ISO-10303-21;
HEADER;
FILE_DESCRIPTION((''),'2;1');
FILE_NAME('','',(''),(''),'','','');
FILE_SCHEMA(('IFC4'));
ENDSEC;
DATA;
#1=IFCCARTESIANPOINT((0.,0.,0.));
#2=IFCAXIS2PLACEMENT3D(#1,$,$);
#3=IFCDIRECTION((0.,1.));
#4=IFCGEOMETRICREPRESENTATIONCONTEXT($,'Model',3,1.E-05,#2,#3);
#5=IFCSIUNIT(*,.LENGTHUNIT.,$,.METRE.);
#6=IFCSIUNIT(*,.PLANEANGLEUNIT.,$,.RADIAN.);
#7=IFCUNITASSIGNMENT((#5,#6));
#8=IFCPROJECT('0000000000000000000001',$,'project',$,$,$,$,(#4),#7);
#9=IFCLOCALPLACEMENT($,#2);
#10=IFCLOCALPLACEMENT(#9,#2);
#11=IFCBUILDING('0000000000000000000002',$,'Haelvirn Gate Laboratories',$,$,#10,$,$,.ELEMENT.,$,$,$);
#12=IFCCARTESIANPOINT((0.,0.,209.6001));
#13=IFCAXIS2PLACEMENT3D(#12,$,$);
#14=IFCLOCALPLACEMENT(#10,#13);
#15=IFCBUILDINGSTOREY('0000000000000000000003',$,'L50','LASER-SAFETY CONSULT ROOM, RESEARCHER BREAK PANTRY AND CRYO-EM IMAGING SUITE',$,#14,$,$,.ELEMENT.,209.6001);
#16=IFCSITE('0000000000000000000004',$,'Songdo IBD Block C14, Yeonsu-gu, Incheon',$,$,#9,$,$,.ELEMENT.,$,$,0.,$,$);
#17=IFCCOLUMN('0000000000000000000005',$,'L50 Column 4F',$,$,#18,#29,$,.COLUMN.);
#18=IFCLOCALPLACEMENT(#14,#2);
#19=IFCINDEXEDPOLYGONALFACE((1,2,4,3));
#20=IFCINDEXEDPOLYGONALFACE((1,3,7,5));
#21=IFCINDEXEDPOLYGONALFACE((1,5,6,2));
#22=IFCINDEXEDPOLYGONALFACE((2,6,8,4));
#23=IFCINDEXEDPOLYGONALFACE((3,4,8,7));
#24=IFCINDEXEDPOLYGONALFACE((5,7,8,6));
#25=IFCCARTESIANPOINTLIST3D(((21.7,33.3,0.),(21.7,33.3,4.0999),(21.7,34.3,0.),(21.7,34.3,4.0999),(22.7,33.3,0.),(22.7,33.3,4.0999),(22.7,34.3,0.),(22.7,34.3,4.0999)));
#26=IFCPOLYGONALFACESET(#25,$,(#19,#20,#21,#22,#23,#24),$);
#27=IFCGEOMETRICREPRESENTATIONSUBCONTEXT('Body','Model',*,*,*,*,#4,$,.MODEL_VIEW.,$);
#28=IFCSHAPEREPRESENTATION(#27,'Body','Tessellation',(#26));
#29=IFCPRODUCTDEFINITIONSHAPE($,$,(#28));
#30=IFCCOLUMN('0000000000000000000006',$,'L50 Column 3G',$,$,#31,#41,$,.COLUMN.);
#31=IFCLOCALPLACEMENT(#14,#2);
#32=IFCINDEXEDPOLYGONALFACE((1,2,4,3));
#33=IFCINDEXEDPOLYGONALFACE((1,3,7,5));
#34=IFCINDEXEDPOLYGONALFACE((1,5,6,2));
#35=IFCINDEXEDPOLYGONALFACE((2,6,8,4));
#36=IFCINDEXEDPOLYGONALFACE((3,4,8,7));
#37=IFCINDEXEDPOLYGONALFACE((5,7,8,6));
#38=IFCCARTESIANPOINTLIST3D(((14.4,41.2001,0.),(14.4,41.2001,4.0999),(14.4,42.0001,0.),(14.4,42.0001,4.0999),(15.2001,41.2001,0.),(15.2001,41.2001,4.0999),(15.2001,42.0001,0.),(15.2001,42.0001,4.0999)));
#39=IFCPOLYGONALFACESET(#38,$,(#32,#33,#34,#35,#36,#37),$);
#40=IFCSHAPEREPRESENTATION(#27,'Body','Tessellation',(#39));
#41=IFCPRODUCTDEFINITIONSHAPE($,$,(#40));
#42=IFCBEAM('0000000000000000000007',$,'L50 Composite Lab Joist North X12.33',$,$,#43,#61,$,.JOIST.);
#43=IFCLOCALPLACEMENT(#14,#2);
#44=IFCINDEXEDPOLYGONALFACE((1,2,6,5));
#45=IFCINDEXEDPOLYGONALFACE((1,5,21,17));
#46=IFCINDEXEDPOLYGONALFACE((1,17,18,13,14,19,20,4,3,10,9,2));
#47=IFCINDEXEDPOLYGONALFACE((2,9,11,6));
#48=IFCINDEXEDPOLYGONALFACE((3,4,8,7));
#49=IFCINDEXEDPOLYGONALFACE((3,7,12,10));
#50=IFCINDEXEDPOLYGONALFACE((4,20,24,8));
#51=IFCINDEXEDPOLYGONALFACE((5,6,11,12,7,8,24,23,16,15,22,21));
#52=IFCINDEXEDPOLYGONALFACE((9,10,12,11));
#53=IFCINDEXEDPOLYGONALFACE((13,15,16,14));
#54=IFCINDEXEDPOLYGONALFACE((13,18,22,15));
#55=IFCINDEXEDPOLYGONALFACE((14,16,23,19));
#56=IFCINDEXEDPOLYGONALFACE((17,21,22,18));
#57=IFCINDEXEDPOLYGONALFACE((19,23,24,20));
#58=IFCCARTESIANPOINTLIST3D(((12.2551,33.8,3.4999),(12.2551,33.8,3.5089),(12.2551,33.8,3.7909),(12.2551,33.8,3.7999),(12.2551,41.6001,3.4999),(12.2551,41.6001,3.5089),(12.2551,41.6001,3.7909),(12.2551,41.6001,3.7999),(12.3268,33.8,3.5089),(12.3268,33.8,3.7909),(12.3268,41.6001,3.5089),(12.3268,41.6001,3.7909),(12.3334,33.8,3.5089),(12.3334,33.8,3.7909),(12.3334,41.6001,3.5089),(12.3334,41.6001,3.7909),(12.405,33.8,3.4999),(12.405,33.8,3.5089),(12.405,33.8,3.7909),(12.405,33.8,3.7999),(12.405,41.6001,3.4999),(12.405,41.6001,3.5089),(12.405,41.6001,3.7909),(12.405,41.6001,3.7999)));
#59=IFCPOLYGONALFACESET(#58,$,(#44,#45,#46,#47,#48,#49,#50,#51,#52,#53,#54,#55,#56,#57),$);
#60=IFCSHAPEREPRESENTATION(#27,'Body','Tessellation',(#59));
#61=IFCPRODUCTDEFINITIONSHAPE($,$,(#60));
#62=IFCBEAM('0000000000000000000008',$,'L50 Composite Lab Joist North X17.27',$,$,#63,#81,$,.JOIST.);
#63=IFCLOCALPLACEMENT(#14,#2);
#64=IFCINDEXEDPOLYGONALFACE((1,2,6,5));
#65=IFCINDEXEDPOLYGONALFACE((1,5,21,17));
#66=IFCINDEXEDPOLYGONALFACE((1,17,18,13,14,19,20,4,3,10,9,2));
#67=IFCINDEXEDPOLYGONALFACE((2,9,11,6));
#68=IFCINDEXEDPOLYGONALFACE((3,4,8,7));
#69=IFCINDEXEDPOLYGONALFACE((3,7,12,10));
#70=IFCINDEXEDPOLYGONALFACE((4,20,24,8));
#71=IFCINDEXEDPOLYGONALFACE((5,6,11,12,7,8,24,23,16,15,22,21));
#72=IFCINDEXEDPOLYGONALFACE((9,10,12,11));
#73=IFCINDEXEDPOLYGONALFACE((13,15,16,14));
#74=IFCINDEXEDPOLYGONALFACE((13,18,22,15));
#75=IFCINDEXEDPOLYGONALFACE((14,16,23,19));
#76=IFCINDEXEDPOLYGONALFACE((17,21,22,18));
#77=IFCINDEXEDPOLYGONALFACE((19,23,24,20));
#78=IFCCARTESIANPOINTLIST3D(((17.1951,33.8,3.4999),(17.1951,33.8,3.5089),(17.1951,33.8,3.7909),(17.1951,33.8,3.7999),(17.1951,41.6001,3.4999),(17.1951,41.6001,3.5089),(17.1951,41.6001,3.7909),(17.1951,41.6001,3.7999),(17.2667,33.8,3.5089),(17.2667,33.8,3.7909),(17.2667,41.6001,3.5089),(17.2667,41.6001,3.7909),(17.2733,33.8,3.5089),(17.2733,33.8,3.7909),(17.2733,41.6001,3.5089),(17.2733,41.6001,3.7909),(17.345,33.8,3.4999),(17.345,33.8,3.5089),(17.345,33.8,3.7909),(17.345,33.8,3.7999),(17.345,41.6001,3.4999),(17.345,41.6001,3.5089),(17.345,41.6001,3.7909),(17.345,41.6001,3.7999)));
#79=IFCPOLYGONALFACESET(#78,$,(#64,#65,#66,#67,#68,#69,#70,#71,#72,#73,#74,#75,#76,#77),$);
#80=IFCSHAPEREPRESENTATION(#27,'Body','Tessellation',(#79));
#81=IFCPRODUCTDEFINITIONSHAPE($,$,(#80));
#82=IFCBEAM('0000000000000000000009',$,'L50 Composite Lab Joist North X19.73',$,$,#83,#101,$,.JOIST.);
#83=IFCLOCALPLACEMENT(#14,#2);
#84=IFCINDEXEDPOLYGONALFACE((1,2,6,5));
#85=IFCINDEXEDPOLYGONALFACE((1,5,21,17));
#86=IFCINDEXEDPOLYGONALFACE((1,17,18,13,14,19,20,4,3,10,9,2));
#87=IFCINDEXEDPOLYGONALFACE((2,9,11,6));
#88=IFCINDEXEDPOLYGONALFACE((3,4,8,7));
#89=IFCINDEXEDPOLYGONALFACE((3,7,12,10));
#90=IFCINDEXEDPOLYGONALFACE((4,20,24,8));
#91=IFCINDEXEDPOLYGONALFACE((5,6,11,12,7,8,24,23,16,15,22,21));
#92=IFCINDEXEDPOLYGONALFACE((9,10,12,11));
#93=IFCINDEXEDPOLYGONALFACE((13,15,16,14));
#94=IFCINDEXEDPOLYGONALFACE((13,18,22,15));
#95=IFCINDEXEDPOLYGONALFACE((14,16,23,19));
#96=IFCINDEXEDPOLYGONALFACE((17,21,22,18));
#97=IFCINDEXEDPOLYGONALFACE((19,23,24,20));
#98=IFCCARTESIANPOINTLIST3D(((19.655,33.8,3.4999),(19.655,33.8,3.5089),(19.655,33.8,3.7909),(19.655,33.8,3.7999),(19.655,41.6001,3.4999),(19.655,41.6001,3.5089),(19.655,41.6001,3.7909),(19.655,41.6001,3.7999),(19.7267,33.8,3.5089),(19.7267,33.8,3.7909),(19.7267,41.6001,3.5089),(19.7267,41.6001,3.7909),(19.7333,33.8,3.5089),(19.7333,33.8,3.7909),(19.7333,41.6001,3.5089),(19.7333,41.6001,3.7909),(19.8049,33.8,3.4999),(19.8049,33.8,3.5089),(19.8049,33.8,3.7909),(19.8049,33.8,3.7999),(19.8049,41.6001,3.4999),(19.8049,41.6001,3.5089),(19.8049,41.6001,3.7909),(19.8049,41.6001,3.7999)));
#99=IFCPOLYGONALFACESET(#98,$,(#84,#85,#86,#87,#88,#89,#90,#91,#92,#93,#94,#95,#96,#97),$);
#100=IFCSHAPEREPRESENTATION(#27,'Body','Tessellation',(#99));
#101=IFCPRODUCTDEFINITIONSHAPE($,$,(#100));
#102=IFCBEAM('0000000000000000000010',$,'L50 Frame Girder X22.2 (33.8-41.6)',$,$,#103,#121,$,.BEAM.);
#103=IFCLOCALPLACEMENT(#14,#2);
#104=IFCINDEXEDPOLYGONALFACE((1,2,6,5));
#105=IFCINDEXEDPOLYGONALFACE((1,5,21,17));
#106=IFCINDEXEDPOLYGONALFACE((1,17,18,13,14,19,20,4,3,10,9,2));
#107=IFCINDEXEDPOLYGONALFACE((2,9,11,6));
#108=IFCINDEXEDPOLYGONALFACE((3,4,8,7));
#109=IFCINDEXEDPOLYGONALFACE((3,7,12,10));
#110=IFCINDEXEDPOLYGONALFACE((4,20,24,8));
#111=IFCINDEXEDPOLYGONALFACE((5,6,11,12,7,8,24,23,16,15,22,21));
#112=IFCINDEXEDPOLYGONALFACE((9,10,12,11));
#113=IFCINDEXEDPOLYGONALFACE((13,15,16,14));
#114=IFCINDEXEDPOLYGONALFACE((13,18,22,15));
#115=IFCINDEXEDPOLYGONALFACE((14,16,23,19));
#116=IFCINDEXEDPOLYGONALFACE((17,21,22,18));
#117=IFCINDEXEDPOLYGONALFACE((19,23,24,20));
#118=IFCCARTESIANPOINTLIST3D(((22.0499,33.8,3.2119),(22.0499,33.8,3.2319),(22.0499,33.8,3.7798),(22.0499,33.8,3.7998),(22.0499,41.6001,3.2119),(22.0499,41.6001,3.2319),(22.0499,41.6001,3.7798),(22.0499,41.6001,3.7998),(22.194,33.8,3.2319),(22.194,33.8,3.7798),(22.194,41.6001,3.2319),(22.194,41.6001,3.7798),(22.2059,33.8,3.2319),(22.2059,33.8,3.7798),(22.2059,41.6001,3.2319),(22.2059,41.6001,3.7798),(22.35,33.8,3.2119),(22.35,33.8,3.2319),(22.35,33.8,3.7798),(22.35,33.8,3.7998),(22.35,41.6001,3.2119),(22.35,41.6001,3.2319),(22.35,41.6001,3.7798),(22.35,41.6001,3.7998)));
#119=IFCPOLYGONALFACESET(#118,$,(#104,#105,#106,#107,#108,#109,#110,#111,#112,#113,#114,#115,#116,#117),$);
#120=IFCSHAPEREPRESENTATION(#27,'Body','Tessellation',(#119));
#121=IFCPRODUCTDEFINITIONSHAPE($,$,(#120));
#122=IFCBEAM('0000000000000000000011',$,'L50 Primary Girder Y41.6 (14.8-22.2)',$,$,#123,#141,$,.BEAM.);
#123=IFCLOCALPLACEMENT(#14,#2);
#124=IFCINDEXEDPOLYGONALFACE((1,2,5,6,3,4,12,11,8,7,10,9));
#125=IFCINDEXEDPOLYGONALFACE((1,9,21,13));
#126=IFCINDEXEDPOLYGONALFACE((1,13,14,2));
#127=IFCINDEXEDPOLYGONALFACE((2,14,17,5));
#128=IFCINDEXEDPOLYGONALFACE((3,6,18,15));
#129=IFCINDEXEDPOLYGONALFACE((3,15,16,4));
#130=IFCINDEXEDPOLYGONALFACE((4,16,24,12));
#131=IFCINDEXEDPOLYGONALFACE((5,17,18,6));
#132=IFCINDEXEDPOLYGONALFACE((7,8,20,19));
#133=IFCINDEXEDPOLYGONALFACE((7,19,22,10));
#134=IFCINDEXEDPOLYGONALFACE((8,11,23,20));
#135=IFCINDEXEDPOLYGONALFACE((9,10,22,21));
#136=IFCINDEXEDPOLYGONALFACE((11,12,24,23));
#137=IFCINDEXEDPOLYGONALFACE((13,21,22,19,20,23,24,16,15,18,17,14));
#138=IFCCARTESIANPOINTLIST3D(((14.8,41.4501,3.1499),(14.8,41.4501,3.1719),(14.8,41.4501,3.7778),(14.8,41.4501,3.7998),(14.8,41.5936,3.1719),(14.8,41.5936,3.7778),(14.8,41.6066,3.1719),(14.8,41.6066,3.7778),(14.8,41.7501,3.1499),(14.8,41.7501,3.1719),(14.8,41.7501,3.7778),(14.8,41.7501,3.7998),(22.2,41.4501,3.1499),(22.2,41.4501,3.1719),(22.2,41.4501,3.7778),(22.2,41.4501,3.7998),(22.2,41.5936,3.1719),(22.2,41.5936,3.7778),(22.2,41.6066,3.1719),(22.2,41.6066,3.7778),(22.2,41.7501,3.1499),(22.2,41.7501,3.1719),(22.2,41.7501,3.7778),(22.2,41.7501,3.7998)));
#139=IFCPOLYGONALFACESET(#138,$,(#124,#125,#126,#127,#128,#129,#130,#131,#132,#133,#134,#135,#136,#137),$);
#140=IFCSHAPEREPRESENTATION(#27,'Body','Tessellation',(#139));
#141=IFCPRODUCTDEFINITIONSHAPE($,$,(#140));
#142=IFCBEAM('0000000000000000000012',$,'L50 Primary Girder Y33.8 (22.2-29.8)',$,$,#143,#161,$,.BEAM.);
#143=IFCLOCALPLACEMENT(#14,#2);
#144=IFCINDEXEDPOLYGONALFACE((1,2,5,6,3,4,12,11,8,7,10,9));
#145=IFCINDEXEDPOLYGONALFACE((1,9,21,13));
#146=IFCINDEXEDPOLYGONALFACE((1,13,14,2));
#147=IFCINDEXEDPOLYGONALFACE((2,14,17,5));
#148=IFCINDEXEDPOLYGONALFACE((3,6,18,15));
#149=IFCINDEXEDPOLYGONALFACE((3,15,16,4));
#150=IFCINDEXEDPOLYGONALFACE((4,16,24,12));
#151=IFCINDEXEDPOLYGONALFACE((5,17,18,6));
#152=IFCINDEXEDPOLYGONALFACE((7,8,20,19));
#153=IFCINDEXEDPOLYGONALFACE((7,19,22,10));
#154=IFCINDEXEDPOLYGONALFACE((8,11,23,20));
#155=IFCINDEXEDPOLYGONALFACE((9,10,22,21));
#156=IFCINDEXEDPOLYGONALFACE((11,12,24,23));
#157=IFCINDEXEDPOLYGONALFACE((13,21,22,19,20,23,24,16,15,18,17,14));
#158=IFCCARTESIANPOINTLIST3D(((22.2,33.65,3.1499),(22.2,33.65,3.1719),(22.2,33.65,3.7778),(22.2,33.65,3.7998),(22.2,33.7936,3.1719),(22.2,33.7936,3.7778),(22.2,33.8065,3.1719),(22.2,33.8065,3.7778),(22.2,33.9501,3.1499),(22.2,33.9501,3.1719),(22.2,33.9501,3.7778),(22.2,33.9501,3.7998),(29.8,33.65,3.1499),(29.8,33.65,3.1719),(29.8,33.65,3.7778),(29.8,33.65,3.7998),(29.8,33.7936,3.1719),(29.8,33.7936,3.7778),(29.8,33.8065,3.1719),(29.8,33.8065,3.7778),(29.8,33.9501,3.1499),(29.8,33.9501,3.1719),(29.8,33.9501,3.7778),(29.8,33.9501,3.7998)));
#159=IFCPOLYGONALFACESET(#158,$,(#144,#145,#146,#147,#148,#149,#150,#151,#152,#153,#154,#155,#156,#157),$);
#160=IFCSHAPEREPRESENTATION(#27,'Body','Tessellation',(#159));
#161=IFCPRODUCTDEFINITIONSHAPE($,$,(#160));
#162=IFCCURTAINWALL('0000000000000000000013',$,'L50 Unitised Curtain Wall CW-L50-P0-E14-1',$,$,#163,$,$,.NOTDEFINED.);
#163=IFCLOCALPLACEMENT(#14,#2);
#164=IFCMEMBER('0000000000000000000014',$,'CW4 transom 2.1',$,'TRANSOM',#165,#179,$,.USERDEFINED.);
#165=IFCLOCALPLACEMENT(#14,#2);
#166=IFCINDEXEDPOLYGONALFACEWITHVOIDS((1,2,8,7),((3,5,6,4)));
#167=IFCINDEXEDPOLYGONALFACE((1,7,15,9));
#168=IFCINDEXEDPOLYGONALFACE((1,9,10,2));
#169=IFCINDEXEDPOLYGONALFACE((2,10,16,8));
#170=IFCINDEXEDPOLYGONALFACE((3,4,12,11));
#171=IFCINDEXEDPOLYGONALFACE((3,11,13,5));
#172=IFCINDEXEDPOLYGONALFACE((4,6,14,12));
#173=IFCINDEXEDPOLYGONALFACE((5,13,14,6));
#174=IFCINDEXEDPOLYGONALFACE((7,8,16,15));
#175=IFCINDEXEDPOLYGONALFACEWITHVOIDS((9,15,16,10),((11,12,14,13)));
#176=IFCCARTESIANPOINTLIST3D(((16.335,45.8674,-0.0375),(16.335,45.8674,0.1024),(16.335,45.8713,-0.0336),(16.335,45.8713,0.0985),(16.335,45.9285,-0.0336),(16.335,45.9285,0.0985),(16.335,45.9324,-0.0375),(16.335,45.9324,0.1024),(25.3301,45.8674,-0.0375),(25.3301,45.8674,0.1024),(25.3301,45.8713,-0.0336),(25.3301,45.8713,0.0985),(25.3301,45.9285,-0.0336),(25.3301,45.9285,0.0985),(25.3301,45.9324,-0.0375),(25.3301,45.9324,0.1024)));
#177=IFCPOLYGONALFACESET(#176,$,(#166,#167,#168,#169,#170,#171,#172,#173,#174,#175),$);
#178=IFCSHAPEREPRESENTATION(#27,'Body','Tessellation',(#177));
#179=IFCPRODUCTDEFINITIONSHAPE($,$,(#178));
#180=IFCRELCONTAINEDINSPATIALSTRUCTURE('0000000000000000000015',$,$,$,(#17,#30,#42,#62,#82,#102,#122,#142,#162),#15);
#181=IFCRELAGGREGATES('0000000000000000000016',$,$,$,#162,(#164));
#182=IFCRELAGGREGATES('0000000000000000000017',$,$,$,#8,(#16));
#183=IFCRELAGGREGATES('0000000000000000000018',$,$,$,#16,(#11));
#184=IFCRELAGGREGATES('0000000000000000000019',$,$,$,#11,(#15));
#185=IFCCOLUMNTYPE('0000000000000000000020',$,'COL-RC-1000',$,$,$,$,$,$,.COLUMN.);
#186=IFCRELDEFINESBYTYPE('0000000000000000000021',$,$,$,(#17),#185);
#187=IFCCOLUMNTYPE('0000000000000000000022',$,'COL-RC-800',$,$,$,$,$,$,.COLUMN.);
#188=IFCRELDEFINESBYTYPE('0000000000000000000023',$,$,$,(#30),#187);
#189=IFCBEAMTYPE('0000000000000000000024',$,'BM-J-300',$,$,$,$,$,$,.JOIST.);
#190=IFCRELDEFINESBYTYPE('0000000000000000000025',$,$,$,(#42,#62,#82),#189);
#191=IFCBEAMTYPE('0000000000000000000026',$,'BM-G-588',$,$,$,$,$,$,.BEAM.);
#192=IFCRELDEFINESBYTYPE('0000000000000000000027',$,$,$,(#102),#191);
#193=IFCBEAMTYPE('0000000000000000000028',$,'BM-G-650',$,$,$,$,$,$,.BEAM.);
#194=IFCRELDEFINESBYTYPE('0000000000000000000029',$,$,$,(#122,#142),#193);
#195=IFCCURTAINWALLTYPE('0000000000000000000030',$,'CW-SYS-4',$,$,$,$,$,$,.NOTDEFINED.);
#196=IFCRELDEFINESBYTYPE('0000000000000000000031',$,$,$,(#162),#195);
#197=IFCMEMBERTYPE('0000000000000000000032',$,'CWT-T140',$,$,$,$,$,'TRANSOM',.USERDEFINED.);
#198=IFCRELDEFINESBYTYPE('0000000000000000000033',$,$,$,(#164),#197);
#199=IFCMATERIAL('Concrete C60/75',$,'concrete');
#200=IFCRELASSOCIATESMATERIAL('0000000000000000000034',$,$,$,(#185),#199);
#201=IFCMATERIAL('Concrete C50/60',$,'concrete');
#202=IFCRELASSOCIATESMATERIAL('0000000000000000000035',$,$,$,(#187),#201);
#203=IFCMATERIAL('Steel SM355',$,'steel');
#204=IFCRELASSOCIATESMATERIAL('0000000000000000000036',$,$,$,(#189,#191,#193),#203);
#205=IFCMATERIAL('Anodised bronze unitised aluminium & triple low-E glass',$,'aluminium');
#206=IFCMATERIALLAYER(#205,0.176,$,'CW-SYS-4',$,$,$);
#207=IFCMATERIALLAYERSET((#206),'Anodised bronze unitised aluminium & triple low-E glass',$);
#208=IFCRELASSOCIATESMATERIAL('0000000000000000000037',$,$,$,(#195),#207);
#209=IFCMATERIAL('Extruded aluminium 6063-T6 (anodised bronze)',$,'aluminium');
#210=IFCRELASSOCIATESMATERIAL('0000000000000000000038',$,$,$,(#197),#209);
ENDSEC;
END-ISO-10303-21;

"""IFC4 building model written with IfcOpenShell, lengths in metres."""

from ifc_helpers import new_model, si_unit, direction, frame, origin, origin_2d, place, context, subcontext, project, spatial, rectangle, hollow_rectangle, i_section, extrude, source, transform, mapped, material, layer, layer_set, material_profile, profile_set, type_object, type_shapes, element, aggregate, save


model = new_model("IFC4")

# Units and contexts
model_context = context("Model", 3, precision=1e-05, world=origin(), true_north=direction((0.0, 1.0)))
body_context = subcontext(model_context, "Body", "Model", "MODEL_VIEW")
ifc_project = project(units=[si_unit("LENGTHUNIT", "METRE"), si_unit("PLANEANGLEUNIT", "RADIAN")], contexts=[model_context])

# Site, building, storey
site_placement = place(None, origin())
site = spatial("IfcSite", under=ifc_project, at=site_placement, Name="Songdo IBD Block C14, Yeonsu-gu, Incheon", CompositionType="ELEMENT", RefElevation=0.0)
building_placement = place(site_placement, origin())
building = spatial("IfcBuilding", under=site, at=building_placement, Name="Haelvirn Gate Laboratories", CompositionType="ELEMENT")
storey_placement = place(building_placement, frame((0.0, 0.0, 209.6001)))
storey = spatial("IfcBuildingStorey", under=building, at=storey_placement, Name="L50", Description="LASER-SAFETY CONSULT ROOM, RESEARCHER BREAK PANTRY AND CRYO-EM IMAGING SUITE", CompositionType="ELEMENT", Elevation=209.6001)

# Columns
ifc_material_1 = material(Name="Concrete C60/75", Category="concrete")
ifc_material_profile_1 = material_profile(ifc_material_1, rectangle(XDim=1.0, YDim=1.0, at=origin_2d()), Name="RC-1000x1000")
ifc_profile_set_1 = profile_set([ifc_material_profile_1], Name="Concrete C60/75")
column_type_1 = type_object("IfcColumnType", Name="COL-RC-1000", PredefinedType="COLUMN", material=ifc_profile_set_1)
shared_shape_1 = source(origin(), body_context, "Body", "SweptSolid", [
    extrude(rectangle(XDim=1.0, YDim=1.0, at=origin_2d()), origin(), (0.0, 0.0, 1.0), 4.0999),
])
type_shapes(column_type_1, [shared_shape_1])
column_1_placement = place(storey_placement, frame((22.2, 33.8, 0.0), z_axis=(0.0, 0.0, 1.0), x_axis=(1.0, 0.0, 0.0)))
element("IfcColumn", 1, at=column_1_placement, inside=storey, type_object=column_type_1, Name="L50 Column 4F", PredefinedType="COLUMN", context=body_context, shape_type="MappedRepresentation", body=[
    mapped(shared_shape_1, transform((0.0, 0.0, 0.0), scale=1.0)),
])
ifc_material_2 = material(Name="Concrete C50/60", Category="concrete")
ifc_material_profile_2 = material_profile(ifc_material_2, rectangle(XDim=0.8, YDim=0.8, at=origin_2d()), Name="RC-800x800")
ifc_profile_set_2 = profile_set([ifc_material_profile_2], Name="Concrete C50/60")
column_type_2 = type_object("IfcColumnType", Name="COL-RC-800", PredefinedType="COLUMN", material=ifc_profile_set_2)
shared_shape_2 = source(origin(), body_context, "Body", "SweptSolid", [
    extrude(rectangle(XDim=0.8, YDim=0.8, at=origin_2d()), origin(), (0.0, 0.0, 1.0), 4.0999),
])
type_shapes(column_type_2, [shared_shape_2])
column_2_placement = place(storey_placement, frame((14.8, 41.6001, 0.0), z_axis=(0.0, 0.0, 1.0), x_axis=(1.0, 0.0, 0.0)))
element("IfcColumn", 2, at=column_2_placement, inside=storey, type_object=column_type_2, Name="L50 Column 3G", PredefinedType="COLUMN", context=body_context, shape_type="MappedRepresentation", body=[
    mapped(shared_shape_2, transform((0.0, 0.0, 0.0), scale=1.0)),
])

# Beams
ifc_material_3 = material(Name="Steel SM355", Category="steel")
ifc_material_profile_3 = material_profile(ifc_material_3, i_section(OverallWidth=0.1499, OverallDepth=0.3, WebThickness=0.0066, FlangeThickness=0.009, at=origin_2d()), Name="H-300x150x6.5x9")
ifc_profile_set_3 = profile_set([ifc_material_profile_3], Name="Steel SM355")
beam_type_1 = type_object("IfcBeamType", Name="BM-J-300", PredefinedType="JOIST", material=ifc_profile_set_3)
shared_shape_3 = source(origin(), body_context, "Body", "SweptSolid", [
    extrude(i_section(OverallWidth=0.1499, OverallDepth=0.3, WebThickness=0.0066, FlangeThickness=0.009, at=origin_2d()), origin(), (0.0, 0.0, 1.0), 7.8),
])
type_shapes(beam_type_1, [shared_shape_3])
for number, where, z_axis, x_axis, name in (
    (3, (12.3301, 33.8, 3.6499), (0.0, 1.0, 0.0), (-1.0, 0.0, 0.0), "L50 Composite Lab Joist North X12.33"),
    (4, (17.27, 33.8, 3.6499), (0.0, 1.0, 0.0), (-1.0, 0.0, 0.0), "L50 Composite Lab Joist North X17.27"),
    (5, (19.73, 33.8, 3.6499), (0.0, 1.0, 0.0), (-1.0, 0.0, 0.0), "L50 Composite Lab Joist North X19.73"),
):
    element("IfcBeam", number, at=place(storey_placement, frame(where, z_axis=z_axis, x_axis=x_axis)), inside=storey, type_object=beam_type_1, Name=name, PredefinedType="JOIST", context=body_context, shape_type="MappedRepresentation", body=[
        mapped(shared_shape_3, transform((0.0, 0.0, 0.0), scale=1.0)),
    ])
ifc_material_profile_4 = material_profile(ifc_material_3, i_section(OverallWidth=0.3, OverallDepth=0.5879, WebThickness=0.012, FlangeThickness=0.02, at=origin_2d()), Name="H-588x300x12x20")
ifc_profile_set_4 = profile_set([ifc_material_profile_4], Name="Steel SM355")
beam_type_2 = type_object("IfcBeamType", Name="BM-G-588", PredefinedType="BEAM", material=ifc_profile_set_4)
shared_shape_4 = source(origin(), body_context, "Body", "SweptSolid", [
    extrude(i_section(OverallWidth=0.3, OverallDepth=0.5879, WebThickness=0.012, FlangeThickness=0.02, at=origin_2d()), origin(), (0.0, 0.0, 1.0), 7.8),
])
type_shapes(beam_type_2, [shared_shape_4])
beam_1_placement = place(storey_placement, frame((22.2, 33.8, 3.5059), z_axis=(0.0, 1.0, 0.0), x_axis=(-1.0, 0.0, 0.0)))
element("IfcBeam", 6, at=beam_1_placement, inside=storey, type_object=beam_type_2, Name="L50 Frame Girder X22.2 (33.8-41.6)", PredefinedType="BEAM", context=body_context, shape_type="MappedRepresentation", body=[
    mapped(shared_shape_4, transform((0.0, 0.0, 0.0), scale=1.0)),
])
ifc_material_profile_5 = material_profile(ifc_material_3, i_section(OverallWidth=0.3, OverallDepth=0.6499, WebThickness=0.0129, FlangeThickness=0.022, at=origin_2d()), Name="H-650x300x13x22")
ifc_profile_set_5 = profile_set([ifc_material_profile_5], Name="Steel SM355")
beam_type_3 = type_object("IfcBeamType", Name="BM-G-650", PredefinedType="BEAM", material=ifc_profile_set_5)
shared_shape_5 = source(origin(), body_context, "Body", "SweptSolid", [
    extrude(i_section(OverallWidth=0.3, OverallDepth=0.6499, WebThickness=0.0129, FlangeThickness=0.022, at=origin_2d()), origin(), (0.0, 0.0, 1.0), 7.3999),
])
beam_2_placement = place(storey_placement, frame((14.8, 41.6001, 3.4749), z_axis=(1.0, 0.0, 0.0), x_axis=(0.0, 1.0, 0.0)))
element("IfcBeam", 7, at=beam_2_placement, inside=storey, type_object=beam_type_3, Name="L50 Primary Girder Y41.6 (14.8-22.2)", PredefinedType="BEAM", context=body_context, shape_type="MappedRepresentation", body=[
    mapped(shared_shape_5, transform((0.0, 0.0, 0.0), scale=1.0)),
])
shared_shape_6 = source(origin(), body_context, "Body", "SweptSolid", [
    extrude(i_section(OverallWidth=0.3, OverallDepth=0.6499, WebThickness=0.0129, FlangeThickness=0.022, at=origin_2d()), origin(), (0.0, 0.0, 1.0), 7.6001),
])
type_shapes(beam_type_3, [shared_shape_5, shared_shape_6])
beam_3_placement = place(storey_placement, frame((22.2, 33.8, 3.4749), z_axis=(1.0, 0.0, 0.0), x_axis=(0.0, 1.0, 0.0)))
element("IfcBeam", 8, at=beam_3_placement, inside=storey, type_object=beam_type_3, Name="L50 Primary Girder Y33.8 (22.2-29.8)", PredefinedType="BEAM", context=body_context, shape_type="MappedRepresentation", body=[
    mapped(shared_shape_6, transform((0.0, 0.0, 0.0), scale=1.0)),
])

# Curtain wall, member
ifc_material_4 = material(Name="Anodised bronze unitised aluminium & triple low-E glass", Category="aluminium")
ifc_layer_1 = layer(ifc_material_4, 0.176, Name="CW-SYS-4")
ifc_layer_set_1 = layer_set([ifc_layer_1], Name="Anodised bronze unitised aluminium & triple low-E glass")
curtain_wall_type = type_object("IfcCurtainWallType", Name="CW-SYS-4", PredefinedType="NOTDEFINED", material=ifc_layer_set_1)
curtain_wall_placement = place(storey_placement, origin())
curtain_wall = element("IfcCurtainWall", 9, at=curtain_wall_placement, inside=storey, type_object=curtain_wall_type, Name="L50 Unitised Curtain Wall CW-L50-P0-E14-1", PredefinedType="NOTDEFINED")
ifc_material_5 = material(Name="Extruded aluminium 6063-T6 (anodised bronze)", Category="aluminium")
ifc_material_profile_6 = material_profile(ifc_material_5, hollow_rectangle(XDim=0.0649, YDim=0.1399, WallThickness=0.0039, at=origin_2d()), Name="CWT-140x65x4")
ifc_profile_set_6 = profile_set([ifc_material_profile_6], Name="Extruded aluminium 6063-T6 (anodised bronze)")
member_type_1 = type_object("IfcMemberType", Name="CWT-T140", ElementType="TRANSOM", PredefinedType="USERDEFINED", material=ifc_profile_set_6)
shared_shape_7 = source(origin(), body_context, "Body", "SweptSolid", [
    extrude(hollow_rectangle(XDim=0.0649, YDim=0.1399, WallThickness=0.0039, at=origin_2d()), origin(), (0.0, 0.0, 1.0), 8.9951),
])
type_shapes(member_type_1, [shared_shape_7])
member_1_placement = place(storey_placement, frame((16.335, 45.8999, 0.0325), z_axis=(1.0, 0.0, 0.0), x_axis=(0.0, 1.0, 0.0)))
member_1 = element("IfcMember", 10, at=member_1_placement, type_object=member_type_1, Name="CW4 transom 2.1", ObjectType="TRANSOM", PredefinedType="USERDEFINED", context=body_context, shape_type="MappedRepresentation", body=[
    mapped(shared_shape_7, transform((0.0, 0.0, 0.0), scale=1.0)),
])
aggregate(curtain_wall, [member_1])

save(model, "model.ifc")
